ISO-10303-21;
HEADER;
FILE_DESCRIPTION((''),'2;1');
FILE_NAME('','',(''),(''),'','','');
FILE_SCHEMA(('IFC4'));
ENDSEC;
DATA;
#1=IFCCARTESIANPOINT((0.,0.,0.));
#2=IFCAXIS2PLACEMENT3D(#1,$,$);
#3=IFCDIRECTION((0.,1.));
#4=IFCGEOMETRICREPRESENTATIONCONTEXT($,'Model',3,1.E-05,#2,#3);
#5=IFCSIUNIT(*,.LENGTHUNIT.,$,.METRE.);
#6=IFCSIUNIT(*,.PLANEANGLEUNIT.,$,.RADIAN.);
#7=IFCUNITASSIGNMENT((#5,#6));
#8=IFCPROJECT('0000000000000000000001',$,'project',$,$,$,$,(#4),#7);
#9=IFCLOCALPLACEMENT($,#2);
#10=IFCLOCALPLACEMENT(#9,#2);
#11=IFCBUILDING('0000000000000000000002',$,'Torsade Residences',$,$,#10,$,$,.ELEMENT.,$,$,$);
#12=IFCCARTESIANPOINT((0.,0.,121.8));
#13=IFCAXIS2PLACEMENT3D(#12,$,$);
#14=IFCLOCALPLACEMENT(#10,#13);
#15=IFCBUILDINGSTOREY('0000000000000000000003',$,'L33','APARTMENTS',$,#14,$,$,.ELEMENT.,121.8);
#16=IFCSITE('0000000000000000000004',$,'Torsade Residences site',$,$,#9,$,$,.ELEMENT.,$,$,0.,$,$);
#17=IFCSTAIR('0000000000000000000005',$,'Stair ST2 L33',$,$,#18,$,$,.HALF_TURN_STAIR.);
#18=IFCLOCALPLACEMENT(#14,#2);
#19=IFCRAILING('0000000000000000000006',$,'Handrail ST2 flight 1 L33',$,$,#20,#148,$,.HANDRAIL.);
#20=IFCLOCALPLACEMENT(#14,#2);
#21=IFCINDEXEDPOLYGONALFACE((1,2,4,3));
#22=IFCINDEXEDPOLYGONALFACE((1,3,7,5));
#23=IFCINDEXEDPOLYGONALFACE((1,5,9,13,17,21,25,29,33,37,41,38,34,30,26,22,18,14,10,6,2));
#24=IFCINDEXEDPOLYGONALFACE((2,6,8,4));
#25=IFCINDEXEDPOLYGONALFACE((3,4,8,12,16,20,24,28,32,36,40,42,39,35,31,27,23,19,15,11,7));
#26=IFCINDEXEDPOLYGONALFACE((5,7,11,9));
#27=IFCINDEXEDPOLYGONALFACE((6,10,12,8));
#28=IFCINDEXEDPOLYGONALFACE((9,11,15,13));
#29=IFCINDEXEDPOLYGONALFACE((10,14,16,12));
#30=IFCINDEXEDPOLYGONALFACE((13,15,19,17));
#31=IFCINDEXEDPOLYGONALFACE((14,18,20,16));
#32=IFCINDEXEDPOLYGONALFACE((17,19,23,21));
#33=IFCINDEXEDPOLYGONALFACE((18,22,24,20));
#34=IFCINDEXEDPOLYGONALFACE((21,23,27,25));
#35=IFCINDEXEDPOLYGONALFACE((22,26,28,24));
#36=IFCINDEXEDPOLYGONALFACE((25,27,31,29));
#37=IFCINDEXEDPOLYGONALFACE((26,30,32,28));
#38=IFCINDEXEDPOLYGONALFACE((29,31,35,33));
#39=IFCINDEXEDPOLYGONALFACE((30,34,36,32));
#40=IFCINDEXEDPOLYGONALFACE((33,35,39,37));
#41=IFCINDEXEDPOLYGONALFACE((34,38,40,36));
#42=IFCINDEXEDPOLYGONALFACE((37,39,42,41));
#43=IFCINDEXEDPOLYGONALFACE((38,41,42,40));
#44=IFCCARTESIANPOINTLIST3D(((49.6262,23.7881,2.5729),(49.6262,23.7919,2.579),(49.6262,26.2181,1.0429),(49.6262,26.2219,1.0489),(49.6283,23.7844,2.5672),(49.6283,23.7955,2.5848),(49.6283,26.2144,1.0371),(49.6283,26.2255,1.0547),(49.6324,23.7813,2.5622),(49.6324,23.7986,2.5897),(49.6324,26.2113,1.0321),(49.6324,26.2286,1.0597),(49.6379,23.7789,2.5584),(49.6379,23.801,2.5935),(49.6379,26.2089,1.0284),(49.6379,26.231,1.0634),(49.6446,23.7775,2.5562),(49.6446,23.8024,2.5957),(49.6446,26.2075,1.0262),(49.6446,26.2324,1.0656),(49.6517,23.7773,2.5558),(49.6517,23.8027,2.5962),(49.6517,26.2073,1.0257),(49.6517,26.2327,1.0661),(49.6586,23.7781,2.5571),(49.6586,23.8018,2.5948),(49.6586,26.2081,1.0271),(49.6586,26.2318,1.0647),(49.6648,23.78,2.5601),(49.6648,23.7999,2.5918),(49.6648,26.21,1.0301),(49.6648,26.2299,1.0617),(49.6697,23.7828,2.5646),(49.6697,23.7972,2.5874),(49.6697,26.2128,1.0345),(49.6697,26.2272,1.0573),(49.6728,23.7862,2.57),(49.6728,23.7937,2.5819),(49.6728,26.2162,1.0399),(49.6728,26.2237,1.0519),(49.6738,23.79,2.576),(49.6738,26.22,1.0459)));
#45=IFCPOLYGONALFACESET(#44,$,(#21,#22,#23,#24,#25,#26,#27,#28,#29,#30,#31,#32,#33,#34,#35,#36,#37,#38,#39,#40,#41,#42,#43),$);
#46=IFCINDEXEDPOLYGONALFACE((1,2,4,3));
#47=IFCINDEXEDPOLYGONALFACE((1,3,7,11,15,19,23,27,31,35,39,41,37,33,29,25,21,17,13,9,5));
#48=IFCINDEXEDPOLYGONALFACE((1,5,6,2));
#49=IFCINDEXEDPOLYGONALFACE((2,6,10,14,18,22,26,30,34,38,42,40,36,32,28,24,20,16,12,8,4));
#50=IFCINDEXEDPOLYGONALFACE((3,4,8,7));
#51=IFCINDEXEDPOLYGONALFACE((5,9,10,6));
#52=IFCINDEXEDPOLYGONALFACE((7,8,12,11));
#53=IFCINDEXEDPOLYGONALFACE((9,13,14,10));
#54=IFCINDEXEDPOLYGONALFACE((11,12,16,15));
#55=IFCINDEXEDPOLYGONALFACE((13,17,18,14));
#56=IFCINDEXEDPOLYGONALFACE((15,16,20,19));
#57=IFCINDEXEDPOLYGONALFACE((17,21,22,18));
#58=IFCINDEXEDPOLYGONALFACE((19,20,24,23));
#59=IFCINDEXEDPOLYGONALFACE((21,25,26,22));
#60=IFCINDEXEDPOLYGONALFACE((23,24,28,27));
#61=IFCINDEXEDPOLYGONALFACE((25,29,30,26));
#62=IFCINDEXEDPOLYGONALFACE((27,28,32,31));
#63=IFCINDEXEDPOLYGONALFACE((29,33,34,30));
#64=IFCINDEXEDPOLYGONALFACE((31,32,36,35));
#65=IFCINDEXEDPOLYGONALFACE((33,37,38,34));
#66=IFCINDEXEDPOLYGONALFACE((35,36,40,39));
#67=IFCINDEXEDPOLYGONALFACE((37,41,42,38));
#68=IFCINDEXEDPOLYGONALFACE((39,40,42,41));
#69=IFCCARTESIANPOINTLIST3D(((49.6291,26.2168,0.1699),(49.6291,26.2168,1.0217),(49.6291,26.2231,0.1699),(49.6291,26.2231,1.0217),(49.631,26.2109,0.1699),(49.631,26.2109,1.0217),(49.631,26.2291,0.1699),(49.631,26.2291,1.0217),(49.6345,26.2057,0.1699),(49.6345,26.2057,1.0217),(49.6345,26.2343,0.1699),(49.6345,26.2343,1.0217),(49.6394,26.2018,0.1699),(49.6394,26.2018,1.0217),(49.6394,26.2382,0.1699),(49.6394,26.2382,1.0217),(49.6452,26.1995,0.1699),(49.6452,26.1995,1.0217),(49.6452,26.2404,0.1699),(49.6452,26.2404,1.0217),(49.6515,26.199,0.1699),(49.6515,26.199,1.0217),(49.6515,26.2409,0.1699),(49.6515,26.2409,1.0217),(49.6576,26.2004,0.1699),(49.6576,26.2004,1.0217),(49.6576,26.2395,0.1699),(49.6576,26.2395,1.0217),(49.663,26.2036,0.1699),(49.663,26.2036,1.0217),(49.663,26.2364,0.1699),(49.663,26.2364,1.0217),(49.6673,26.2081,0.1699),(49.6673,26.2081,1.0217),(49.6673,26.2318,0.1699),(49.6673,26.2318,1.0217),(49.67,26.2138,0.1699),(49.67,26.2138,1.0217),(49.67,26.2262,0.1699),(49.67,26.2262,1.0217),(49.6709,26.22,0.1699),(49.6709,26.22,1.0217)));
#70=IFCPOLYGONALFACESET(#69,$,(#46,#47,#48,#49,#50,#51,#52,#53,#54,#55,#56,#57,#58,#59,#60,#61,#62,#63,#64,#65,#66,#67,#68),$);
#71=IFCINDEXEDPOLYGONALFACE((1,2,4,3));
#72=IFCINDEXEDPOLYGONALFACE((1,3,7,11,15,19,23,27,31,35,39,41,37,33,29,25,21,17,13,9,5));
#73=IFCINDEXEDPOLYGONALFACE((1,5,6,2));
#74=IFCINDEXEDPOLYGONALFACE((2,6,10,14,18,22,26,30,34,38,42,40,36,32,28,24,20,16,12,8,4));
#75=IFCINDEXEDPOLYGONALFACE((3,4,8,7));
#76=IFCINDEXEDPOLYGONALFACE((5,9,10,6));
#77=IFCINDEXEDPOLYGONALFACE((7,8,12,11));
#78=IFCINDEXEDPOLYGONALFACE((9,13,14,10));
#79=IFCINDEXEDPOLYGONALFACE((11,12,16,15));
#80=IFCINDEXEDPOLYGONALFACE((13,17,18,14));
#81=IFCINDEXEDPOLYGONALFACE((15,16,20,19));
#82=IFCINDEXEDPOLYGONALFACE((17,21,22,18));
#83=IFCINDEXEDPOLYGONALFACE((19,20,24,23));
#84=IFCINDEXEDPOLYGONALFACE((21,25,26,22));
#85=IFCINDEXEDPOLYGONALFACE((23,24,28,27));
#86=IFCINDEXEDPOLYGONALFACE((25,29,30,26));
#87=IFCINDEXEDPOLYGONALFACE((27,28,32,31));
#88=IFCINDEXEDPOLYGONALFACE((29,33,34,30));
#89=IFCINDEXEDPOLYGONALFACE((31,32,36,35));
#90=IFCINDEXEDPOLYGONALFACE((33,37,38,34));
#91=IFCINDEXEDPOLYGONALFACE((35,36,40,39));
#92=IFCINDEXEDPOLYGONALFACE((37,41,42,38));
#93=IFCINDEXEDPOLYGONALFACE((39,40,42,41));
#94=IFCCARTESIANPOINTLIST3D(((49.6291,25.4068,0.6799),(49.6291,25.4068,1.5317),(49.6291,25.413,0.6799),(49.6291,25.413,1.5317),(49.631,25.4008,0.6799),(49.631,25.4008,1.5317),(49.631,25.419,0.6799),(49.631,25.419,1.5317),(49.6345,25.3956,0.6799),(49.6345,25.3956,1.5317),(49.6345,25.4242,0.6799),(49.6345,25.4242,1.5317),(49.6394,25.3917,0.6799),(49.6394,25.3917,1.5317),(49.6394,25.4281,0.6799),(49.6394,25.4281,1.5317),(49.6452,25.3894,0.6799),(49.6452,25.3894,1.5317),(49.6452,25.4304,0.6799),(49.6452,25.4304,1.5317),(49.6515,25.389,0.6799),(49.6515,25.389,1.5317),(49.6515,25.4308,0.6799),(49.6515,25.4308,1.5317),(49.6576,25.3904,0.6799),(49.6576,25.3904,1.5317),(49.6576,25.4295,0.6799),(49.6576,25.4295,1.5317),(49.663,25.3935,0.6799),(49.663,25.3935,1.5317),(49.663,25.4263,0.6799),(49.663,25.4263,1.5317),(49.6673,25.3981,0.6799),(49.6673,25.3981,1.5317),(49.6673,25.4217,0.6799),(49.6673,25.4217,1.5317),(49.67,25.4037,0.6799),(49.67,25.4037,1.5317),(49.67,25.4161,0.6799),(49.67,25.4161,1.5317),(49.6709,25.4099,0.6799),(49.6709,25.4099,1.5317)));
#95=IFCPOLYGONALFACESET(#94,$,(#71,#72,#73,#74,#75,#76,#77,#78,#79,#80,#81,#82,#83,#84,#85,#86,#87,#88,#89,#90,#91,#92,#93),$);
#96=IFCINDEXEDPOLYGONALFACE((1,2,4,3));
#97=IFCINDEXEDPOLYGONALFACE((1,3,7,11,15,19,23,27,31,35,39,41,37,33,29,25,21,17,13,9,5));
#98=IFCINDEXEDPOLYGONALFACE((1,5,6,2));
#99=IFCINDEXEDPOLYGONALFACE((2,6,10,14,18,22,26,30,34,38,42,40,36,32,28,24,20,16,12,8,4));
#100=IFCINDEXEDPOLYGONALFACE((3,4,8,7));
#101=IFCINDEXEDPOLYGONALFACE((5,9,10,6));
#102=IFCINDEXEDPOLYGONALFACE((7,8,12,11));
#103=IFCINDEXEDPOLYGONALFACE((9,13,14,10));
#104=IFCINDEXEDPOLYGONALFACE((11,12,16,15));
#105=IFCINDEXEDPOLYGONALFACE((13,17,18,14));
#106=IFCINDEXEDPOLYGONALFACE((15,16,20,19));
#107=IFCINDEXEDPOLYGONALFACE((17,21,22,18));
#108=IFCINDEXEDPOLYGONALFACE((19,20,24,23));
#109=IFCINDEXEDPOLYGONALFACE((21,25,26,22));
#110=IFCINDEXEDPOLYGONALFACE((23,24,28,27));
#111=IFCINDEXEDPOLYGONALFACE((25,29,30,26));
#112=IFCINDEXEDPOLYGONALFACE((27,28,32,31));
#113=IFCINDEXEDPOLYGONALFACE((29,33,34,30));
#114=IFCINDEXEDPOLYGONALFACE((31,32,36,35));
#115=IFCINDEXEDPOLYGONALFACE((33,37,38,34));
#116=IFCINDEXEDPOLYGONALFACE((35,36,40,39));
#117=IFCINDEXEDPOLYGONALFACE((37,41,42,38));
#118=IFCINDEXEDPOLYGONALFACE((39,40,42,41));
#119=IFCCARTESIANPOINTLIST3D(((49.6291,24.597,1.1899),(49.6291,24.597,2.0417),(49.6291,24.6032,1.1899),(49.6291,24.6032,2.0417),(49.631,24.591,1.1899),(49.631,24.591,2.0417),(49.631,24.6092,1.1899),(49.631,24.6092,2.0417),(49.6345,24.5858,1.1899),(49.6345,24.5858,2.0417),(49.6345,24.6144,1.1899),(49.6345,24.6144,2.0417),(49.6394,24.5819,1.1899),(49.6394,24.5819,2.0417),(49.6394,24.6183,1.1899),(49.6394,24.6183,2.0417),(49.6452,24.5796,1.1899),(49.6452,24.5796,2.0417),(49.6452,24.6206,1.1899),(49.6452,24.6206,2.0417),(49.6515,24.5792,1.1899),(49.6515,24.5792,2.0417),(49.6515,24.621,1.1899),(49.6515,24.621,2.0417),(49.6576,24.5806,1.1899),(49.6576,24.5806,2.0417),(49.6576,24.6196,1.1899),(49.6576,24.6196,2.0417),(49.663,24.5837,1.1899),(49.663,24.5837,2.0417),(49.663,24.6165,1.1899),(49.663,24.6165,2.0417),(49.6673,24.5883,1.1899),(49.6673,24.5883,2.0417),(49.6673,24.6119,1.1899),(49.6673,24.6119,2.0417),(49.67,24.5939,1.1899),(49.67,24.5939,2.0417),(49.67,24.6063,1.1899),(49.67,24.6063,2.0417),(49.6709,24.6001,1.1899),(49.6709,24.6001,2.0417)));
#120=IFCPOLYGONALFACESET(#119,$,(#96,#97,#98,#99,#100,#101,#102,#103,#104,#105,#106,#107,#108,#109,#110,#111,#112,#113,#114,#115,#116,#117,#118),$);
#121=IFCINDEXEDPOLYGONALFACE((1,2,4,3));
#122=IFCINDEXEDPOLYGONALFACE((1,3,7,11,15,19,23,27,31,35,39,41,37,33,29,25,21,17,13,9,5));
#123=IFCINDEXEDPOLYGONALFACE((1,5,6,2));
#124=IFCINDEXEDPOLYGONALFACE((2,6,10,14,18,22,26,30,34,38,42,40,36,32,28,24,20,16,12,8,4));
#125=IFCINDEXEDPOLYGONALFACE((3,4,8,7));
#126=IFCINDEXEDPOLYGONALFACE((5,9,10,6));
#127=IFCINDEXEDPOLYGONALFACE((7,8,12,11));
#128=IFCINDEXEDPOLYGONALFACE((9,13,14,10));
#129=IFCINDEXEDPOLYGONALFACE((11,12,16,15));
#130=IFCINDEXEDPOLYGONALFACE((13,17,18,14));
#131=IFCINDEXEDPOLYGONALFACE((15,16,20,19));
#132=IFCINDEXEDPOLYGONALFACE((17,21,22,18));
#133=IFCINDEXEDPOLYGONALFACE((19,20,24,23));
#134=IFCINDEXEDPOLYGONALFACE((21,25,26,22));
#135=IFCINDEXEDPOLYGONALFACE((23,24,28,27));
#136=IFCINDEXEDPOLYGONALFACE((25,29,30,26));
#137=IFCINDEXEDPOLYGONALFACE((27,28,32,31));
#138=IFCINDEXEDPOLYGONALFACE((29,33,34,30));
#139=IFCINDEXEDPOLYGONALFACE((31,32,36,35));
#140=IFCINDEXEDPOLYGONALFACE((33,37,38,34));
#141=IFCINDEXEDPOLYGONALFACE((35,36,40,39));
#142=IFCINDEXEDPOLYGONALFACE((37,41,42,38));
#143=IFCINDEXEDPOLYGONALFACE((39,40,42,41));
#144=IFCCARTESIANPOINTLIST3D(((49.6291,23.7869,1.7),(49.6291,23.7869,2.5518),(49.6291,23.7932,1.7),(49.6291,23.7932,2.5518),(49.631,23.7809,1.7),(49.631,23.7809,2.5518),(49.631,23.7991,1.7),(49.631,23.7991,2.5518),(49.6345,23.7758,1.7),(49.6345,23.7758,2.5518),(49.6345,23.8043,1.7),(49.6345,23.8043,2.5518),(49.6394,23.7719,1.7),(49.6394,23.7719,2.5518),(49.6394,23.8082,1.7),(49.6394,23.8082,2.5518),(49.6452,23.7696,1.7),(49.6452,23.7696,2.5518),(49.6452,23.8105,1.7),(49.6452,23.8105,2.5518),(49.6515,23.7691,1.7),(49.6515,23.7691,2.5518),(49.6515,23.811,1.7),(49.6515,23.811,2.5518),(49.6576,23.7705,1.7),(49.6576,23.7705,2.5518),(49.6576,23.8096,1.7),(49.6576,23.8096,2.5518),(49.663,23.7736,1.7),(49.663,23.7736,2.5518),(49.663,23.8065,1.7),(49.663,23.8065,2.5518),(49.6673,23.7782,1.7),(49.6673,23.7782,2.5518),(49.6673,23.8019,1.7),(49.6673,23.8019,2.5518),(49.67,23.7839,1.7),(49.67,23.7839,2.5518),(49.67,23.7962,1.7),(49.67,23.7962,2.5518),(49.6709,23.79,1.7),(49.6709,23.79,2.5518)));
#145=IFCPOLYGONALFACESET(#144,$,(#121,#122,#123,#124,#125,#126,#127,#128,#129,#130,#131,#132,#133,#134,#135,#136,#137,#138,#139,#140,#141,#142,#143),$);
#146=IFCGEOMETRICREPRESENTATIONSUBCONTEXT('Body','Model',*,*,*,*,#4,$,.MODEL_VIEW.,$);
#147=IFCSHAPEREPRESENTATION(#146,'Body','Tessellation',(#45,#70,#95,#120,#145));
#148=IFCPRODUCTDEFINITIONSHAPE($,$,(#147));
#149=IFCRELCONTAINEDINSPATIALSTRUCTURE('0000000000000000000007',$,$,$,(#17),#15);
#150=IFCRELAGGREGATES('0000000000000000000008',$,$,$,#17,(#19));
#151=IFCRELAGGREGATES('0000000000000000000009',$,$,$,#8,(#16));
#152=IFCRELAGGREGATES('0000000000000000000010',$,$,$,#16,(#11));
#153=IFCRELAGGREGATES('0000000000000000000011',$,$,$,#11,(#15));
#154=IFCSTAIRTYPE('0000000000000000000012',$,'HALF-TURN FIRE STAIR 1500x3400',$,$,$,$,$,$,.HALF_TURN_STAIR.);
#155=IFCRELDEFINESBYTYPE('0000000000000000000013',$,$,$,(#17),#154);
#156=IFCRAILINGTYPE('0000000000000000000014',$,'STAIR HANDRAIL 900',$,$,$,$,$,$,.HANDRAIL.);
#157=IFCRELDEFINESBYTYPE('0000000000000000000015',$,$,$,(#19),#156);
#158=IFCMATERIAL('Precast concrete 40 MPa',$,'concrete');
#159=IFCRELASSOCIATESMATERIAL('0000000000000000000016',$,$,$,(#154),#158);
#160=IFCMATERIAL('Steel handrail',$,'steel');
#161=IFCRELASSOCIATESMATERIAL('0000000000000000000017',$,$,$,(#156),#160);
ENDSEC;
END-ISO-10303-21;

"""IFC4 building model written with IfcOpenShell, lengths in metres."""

from ifc_helpers import new_model, si_unit, direction, frame, origin, origin_2d, place, context, subcontext, project, spatial, circle, extrude, material, type_object, element, aggregate, save


model = new_model("IFC4")

# Units and contexts
model_context = context("Model", 3, precision=1e-05, world=origin(), true_north=direction((0.0, 1.0)))
body_context = subcontext(model_context, "Body", "Model", "MODEL_VIEW")
ifc_project = project(units=[si_unit("LENGTHUNIT", "METRE"), si_unit("PLANEANGLEUNIT", "RADIAN")], contexts=[model_context])

# Site, building, storey
site_placement = place(None, origin())
site = spatial("IfcSite", under=ifc_project, at=site_placement, Name="Torsade Residences site", CompositionType="ELEMENT", RefElevation=0.0)
building_placement = place(site_placement, origin())
building = spatial("IfcBuilding", under=site, at=building_placement, Name="Torsade Residences", CompositionType="ELEMENT")
storey_placement = place(building_placement, frame((0.0, 0.0, 121.8)))
storey = spatial("IfcBuildingStorey", under=building, at=storey_placement, Name="L33", Description="APARTMENTS", CompositionType="ELEMENT", Elevation=121.8)

# Stair, railing
ifc_material_1 = material(Name="Precast concrete 40 MPa", Category="concrete")
stair_type = type_object("IfcStairType", Name="HALF-TURN FIRE STAIR 1500x3400", PredefinedType="HALF_TURN_STAIR", material=ifc_material_1)
stair_placement = place(storey_placement, origin())
stair = element("IfcStair", 1, at=stair_placement, inside=storey, type_object=stair_type, Name="Stair ST2 L33", PredefinedType="HALF_TURN_STAIR")
ifc_material_2 = material(Name="Steel handrail", Category="steel")
railing_type = type_object("IfcRailingType", Name="STAIR HANDRAIL 900", PredefinedType="HANDRAIL", material=ifc_material_2)
railing_1_placement = place(storey_placement, frame((49.6499, 26.22, 0.1699)))
railing_1 = element("IfcRailing", 2, at=railing_1_placement, type_object=railing_type, Name="Handrail ST2 flight 1 L33", PredefinedType="HANDRAIL", context=body_context, shape_type="SweptSolid", body=[
    extrude(circle(Radius=0.0239, at=origin_2d()), frame((0.0, 0.0, 0.876), z_axis=(0.0, -0.846221, 0.532831), x_axis=(1.0, 0.0, 0.0)), (0.0, 0.0, 1.0), 2.8716),
    extrude(circle(Radius=0.021, at=origin_2d()), origin(), (0.0, 0.0, 1.0), 0.8518),
    extrude(circle(Radius=0.021, at=origin_2d()), frame((0.0, -0.8101, 0.51)), (0.0, 0.0, 1.0), 0.8518),
    extrude(circle(Radius=0.021, at=origin_2d()), frame((0.0, -1.6199, 1.02)), (0.0, 0.0, 1.0), 0.8518),
    extrude(circle(Radius=0.021, at=origin_2d()), frame((0.0, -2.4299, 1.53)), (0.0, 0.0, 1.0), 0.8518),
])
aggregate(stair, [railing_1])

save(model, "model.ifc")
